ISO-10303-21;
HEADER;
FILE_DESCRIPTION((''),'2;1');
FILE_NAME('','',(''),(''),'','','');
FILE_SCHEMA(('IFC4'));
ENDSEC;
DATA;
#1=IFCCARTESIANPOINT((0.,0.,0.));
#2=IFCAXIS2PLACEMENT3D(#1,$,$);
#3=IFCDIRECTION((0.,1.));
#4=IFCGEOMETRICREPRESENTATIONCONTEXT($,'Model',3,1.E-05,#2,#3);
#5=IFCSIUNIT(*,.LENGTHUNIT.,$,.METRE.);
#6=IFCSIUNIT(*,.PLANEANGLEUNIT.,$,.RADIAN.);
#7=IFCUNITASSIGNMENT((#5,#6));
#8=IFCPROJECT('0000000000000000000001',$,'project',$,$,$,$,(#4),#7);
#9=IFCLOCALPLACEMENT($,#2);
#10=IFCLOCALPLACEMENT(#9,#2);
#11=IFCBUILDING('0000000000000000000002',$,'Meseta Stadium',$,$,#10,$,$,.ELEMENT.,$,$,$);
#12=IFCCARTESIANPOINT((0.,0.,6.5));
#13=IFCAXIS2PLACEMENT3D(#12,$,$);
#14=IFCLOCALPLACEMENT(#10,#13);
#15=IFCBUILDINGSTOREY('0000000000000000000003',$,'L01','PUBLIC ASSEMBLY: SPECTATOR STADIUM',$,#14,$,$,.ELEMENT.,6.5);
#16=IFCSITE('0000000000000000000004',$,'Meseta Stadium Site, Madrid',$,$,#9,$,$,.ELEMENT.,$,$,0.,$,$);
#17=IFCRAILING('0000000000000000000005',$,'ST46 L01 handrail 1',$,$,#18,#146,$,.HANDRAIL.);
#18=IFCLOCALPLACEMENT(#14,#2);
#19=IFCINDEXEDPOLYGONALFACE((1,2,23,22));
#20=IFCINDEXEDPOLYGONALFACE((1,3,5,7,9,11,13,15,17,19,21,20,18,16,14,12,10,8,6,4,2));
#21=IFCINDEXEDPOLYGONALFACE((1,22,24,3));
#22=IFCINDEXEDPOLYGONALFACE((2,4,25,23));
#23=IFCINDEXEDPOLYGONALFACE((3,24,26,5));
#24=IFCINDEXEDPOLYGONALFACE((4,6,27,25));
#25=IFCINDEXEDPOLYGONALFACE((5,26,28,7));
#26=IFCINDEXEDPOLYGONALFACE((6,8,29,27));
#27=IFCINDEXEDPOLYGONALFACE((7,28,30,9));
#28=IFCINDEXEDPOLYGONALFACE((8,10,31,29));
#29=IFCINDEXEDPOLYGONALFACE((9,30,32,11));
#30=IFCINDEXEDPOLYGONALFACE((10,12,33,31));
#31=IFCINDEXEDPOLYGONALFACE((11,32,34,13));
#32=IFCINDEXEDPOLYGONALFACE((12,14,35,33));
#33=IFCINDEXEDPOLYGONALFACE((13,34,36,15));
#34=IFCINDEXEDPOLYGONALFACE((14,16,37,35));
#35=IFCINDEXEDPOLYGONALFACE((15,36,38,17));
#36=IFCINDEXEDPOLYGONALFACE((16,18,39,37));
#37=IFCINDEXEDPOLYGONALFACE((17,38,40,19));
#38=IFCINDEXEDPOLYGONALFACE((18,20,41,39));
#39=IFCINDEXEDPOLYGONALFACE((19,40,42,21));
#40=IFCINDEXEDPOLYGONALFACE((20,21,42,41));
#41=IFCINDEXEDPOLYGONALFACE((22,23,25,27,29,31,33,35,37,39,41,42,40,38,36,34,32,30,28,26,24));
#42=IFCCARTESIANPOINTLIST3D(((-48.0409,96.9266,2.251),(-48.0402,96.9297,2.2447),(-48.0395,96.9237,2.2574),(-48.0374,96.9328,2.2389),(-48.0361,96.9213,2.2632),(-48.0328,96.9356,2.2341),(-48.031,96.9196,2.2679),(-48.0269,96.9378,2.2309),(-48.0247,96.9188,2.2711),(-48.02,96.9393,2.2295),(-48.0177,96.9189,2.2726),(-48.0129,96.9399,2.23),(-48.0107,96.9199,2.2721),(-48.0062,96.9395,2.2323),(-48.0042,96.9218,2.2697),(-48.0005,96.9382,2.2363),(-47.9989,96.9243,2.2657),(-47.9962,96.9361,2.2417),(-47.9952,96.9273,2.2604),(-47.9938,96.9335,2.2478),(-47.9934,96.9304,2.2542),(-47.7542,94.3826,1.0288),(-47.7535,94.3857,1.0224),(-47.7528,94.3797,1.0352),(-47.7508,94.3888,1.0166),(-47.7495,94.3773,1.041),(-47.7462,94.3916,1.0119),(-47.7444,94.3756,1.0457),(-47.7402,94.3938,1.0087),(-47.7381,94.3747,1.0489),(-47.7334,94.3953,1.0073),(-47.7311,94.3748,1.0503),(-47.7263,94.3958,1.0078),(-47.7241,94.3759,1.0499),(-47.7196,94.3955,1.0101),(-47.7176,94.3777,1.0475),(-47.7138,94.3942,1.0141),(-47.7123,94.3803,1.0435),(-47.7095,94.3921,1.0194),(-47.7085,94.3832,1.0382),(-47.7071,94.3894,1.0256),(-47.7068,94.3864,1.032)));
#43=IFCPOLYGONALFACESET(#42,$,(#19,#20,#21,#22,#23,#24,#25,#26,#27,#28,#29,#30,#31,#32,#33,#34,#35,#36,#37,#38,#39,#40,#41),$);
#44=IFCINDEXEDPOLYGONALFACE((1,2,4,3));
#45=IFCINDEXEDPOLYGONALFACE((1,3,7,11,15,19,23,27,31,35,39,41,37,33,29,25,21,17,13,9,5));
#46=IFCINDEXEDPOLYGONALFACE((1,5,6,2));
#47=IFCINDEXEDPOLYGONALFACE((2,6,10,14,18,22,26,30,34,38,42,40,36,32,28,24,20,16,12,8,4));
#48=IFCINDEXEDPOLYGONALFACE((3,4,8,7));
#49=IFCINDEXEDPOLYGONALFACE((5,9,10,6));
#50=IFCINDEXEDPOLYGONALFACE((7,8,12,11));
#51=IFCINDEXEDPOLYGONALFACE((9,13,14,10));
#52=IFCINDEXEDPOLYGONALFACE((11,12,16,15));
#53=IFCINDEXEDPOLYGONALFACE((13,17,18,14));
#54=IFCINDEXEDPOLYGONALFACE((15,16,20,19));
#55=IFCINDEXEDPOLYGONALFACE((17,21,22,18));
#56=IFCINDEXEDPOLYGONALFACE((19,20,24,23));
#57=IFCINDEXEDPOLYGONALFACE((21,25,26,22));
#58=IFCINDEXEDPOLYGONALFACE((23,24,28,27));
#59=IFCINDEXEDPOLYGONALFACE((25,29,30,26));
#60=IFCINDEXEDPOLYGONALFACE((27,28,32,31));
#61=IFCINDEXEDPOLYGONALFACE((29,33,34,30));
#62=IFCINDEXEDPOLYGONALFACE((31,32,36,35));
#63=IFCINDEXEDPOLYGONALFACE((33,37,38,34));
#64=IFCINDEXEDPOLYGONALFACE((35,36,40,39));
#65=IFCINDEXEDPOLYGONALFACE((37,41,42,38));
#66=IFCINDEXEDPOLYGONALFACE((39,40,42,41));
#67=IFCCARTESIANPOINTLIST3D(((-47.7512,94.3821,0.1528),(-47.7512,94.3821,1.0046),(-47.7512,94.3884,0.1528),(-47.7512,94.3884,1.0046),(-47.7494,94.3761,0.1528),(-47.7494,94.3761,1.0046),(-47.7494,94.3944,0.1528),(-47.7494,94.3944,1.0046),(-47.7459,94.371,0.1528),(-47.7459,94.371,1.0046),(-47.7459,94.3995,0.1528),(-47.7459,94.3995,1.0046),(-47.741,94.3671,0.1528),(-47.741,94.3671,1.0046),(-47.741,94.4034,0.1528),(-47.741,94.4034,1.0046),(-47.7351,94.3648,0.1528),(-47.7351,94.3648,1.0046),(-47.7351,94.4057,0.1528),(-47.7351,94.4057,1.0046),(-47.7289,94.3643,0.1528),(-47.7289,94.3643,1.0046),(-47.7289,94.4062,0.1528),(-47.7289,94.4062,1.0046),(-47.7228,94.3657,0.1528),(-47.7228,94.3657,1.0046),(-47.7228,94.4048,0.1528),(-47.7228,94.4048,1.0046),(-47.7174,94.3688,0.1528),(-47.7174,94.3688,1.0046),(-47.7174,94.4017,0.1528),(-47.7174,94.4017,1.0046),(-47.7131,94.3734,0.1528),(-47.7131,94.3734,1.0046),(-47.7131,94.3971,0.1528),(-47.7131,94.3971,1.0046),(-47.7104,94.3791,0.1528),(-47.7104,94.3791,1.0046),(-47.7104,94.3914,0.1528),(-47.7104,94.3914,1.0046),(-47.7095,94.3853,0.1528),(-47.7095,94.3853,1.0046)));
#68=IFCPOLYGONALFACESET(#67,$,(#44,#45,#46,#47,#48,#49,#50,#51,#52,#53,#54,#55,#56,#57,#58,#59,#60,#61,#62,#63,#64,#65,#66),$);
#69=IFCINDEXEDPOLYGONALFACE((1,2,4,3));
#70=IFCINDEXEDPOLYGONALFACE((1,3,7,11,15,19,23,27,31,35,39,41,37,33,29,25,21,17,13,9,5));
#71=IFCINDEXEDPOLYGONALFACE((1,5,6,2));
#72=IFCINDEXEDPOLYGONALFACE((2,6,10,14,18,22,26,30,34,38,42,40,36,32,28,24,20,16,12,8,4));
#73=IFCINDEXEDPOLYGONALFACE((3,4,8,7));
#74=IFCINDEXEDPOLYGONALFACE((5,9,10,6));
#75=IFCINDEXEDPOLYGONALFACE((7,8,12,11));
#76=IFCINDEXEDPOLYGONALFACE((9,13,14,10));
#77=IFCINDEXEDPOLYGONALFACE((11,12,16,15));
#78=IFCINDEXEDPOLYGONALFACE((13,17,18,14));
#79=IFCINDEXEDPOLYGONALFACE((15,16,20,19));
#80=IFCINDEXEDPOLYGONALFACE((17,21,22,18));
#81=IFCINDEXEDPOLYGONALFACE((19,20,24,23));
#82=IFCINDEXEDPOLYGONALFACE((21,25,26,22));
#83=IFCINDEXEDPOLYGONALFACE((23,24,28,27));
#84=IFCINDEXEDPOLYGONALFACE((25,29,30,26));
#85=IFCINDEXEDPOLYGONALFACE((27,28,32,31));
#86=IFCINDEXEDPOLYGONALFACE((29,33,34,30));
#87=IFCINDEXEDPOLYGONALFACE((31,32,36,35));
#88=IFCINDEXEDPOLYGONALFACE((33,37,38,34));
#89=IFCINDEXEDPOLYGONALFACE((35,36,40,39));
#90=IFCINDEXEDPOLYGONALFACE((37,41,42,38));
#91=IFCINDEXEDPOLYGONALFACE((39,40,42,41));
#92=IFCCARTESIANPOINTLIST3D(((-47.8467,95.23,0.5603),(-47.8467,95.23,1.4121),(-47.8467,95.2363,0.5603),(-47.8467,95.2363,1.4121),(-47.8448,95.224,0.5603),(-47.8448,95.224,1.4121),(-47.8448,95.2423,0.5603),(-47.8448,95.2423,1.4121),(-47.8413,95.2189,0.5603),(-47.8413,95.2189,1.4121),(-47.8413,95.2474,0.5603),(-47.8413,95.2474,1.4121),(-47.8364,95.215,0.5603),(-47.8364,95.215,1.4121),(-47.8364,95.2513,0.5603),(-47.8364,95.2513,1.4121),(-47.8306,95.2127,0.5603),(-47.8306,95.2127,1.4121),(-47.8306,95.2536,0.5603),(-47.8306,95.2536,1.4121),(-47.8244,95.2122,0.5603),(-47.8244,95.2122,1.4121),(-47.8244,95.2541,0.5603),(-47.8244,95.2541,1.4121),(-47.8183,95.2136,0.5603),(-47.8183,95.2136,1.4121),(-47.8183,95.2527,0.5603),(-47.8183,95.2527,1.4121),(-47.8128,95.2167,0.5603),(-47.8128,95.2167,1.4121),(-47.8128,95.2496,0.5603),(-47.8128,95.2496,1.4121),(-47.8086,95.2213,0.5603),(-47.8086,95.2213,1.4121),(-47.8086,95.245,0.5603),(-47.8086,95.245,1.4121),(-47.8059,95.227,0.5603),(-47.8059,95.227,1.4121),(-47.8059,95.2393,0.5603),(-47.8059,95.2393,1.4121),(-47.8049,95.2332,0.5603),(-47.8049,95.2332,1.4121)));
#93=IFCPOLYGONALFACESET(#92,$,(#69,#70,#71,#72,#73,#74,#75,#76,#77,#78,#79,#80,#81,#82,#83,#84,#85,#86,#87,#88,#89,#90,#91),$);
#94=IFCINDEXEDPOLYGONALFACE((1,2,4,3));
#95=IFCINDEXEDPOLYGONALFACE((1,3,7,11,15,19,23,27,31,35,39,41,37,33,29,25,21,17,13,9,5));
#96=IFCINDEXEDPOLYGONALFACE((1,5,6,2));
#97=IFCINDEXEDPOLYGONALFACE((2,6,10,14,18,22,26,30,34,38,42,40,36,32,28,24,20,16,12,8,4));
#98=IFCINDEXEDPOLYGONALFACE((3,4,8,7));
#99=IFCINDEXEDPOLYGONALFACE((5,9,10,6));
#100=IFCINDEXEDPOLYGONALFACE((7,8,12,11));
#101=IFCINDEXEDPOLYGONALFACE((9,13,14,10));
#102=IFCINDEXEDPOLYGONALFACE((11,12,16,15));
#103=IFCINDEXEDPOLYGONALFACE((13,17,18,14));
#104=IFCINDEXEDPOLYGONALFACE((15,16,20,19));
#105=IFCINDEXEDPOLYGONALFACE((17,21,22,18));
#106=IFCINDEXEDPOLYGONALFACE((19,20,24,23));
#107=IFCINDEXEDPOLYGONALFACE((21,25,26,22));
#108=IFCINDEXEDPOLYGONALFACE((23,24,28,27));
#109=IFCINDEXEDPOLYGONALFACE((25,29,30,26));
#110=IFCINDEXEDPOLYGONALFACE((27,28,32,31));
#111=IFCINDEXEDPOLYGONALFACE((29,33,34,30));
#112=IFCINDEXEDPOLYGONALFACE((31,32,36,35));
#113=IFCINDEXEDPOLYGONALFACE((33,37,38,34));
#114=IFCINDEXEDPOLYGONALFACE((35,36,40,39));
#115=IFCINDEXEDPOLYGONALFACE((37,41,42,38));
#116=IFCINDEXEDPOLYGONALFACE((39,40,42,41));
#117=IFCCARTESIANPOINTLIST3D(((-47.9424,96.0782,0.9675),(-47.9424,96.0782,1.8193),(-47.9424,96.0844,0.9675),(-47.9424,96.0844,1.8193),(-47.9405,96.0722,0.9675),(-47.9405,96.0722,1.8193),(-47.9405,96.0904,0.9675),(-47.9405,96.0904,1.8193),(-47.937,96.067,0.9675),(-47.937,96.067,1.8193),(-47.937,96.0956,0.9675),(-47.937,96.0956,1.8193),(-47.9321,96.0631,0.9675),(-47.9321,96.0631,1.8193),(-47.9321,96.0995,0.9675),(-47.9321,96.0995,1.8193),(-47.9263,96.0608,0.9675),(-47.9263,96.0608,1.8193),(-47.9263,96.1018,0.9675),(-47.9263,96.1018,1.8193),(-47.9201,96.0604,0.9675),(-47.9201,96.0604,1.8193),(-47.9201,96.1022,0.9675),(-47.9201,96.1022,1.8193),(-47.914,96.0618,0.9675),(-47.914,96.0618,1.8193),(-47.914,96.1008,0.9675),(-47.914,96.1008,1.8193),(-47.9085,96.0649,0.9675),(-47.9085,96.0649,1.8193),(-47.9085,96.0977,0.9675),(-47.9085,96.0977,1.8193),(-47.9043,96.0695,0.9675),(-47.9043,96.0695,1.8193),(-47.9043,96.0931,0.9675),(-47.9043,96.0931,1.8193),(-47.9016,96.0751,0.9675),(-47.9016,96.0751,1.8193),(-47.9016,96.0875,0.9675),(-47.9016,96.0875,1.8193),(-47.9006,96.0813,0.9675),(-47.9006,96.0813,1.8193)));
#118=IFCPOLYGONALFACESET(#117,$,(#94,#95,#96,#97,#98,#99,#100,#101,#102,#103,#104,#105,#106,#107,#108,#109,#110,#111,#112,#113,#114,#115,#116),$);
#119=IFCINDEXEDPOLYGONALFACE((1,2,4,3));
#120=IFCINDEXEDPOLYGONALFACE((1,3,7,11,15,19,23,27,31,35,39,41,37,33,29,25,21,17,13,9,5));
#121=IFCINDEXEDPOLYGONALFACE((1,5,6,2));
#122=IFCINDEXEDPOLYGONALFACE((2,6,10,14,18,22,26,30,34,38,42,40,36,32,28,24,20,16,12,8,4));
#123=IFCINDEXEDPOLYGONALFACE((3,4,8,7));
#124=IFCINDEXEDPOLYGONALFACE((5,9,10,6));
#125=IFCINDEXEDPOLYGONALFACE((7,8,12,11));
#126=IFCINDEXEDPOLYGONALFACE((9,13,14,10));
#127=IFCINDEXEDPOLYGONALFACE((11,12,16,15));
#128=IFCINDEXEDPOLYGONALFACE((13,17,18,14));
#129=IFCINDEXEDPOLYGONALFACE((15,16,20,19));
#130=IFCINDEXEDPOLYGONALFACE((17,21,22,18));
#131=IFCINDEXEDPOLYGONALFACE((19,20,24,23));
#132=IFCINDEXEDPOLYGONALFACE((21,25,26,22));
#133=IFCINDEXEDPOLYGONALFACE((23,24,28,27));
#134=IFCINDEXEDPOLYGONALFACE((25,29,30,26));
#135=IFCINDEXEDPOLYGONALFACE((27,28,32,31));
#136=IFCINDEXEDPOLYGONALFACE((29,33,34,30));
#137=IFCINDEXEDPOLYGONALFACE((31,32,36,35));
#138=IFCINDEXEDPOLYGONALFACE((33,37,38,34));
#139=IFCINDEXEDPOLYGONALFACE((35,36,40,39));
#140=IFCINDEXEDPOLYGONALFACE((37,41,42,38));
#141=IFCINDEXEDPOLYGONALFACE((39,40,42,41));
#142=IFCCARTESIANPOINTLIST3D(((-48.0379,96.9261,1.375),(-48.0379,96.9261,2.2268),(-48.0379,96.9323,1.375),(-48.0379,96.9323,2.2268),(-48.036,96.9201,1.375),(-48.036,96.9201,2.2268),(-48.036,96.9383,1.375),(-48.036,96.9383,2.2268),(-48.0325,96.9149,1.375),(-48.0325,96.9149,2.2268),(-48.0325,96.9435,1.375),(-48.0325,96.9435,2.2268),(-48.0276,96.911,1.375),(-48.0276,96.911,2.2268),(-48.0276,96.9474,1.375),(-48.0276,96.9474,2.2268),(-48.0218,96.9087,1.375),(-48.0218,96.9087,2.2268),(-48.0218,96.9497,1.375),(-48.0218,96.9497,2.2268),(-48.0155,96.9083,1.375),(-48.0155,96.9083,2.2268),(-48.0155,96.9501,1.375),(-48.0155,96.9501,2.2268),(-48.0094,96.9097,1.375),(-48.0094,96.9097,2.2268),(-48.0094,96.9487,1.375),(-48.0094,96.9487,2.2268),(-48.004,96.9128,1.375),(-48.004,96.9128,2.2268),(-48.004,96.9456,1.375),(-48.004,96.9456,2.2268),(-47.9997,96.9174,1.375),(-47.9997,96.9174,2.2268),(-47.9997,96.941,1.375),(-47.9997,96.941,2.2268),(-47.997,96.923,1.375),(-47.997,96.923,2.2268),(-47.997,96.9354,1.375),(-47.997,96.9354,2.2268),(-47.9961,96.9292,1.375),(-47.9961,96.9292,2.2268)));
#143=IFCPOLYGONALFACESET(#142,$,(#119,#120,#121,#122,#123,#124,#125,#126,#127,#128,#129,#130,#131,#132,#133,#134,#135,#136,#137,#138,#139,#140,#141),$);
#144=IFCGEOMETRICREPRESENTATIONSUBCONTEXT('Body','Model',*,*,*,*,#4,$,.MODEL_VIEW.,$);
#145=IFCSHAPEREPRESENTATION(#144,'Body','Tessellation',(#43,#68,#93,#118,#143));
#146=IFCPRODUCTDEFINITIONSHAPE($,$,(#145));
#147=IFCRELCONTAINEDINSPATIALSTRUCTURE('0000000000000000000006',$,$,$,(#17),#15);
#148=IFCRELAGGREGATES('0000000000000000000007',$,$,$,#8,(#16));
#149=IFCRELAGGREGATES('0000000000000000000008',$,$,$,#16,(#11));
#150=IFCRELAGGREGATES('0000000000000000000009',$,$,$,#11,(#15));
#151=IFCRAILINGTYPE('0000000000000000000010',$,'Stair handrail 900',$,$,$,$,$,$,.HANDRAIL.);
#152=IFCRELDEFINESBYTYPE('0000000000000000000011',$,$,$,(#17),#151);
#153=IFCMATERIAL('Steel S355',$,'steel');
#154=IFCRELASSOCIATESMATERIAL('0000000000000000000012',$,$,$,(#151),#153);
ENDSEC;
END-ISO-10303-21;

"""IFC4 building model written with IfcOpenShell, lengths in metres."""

from ifc_helpers import new_model, si_unit, direction, frame, origin, origin_2d, place, context, subcontext, project, spatial, circle, extrude, material, type_object, element, save


model = new_model("IFC4")

# Units and contexts
model_context = context("Model", 3, precision=1e-05, world=origin(), true_north=direction((0.0, 1.0)))
body_context = subcontext(model_context, "Body", "Model", "MODEL_VIEW")
ifc_project = project(units=[si_unit("LENGTHUNIT", "METRE"), si_unit("PLANEANGLEUNIT", "RADIAN")], contexts=[model_context])

# Site, building, storey
site_placement = place(None, origin())
site = spatial("IfcSite", under=ifc_project, at=site_placement, Name="Meseta Stadium Site, Madrid", CompositionType="ELEMENT", RefElevation=0.0)
building_placement = place(site_placement, origin())
building = spatial("IfcBuilding", under=site, at=building_placement, Name="Meseta Stadium", CompositionType="ELEMENT")
storey_placement = place(building_placement, frame((0.0, 0.0, 6.5)))
storey = spatial("IfcBuildingStorey", under=building, at=storey_placement, Name="L01", Description="PUBLIC ASSEMBLY: SPECTATOR STADIUM", CompositionType="ELEMENT", Elevation=6.5)

# Railing
ifc_material_1 = material(Name="Steel S355", Category="steel")
railing_type_1 = type_object("IfcRailingType", Name="Stair handrail 900", PredefinedType="HANDRAIL", material=ifc_material_1)
for number, where, name in (
    (1, (-47.7305, 94.3853, 0.1528), "ST46 L01 handrail 1"),
):
    element("IfcRailing", number, at=place(storey_placement, frame(where)), inside=storey, type_object=railing_type_1, Name=name, PredefinedType="HANDRAIL", context=body_context, shape_type="SweptSolid", body=[
        extrude(circle(Radius=0.0239, at=origin_2d()), frame((0.0, 0.0, 0.876), z_axis=(-0.101036, 0.896762, 0.430824), x_axis=(-0.993713, -0.11196, 0.0)), (0.0, 0.0, 1.0), 2.8369),
        extrude(circle(Radius=0.021, at=origin_2d()), origin(), (0.0, 0.0, 1.0), 0.8518),
        extrude(circle(Radius=0.021, at=origin_2d()), frame((-0.0955, 0.8479, 0.4075)), (0.0, 0.0, 1.0), 0.8518),
        extrude(circle(Radius=0.021, at=origin_2d()), frame((-0.1912, 1.696, 0.8147)), (0.0, 0.0, 1.0), 0.8518),
        extrude(circle(Radius=0.021, at=origin_2d()), frame((-0.2866, 2.5439, 1.2222)), (0.0, 0.0, 1.0), 0.8518),
    ])

save(model, "model.ifc")
